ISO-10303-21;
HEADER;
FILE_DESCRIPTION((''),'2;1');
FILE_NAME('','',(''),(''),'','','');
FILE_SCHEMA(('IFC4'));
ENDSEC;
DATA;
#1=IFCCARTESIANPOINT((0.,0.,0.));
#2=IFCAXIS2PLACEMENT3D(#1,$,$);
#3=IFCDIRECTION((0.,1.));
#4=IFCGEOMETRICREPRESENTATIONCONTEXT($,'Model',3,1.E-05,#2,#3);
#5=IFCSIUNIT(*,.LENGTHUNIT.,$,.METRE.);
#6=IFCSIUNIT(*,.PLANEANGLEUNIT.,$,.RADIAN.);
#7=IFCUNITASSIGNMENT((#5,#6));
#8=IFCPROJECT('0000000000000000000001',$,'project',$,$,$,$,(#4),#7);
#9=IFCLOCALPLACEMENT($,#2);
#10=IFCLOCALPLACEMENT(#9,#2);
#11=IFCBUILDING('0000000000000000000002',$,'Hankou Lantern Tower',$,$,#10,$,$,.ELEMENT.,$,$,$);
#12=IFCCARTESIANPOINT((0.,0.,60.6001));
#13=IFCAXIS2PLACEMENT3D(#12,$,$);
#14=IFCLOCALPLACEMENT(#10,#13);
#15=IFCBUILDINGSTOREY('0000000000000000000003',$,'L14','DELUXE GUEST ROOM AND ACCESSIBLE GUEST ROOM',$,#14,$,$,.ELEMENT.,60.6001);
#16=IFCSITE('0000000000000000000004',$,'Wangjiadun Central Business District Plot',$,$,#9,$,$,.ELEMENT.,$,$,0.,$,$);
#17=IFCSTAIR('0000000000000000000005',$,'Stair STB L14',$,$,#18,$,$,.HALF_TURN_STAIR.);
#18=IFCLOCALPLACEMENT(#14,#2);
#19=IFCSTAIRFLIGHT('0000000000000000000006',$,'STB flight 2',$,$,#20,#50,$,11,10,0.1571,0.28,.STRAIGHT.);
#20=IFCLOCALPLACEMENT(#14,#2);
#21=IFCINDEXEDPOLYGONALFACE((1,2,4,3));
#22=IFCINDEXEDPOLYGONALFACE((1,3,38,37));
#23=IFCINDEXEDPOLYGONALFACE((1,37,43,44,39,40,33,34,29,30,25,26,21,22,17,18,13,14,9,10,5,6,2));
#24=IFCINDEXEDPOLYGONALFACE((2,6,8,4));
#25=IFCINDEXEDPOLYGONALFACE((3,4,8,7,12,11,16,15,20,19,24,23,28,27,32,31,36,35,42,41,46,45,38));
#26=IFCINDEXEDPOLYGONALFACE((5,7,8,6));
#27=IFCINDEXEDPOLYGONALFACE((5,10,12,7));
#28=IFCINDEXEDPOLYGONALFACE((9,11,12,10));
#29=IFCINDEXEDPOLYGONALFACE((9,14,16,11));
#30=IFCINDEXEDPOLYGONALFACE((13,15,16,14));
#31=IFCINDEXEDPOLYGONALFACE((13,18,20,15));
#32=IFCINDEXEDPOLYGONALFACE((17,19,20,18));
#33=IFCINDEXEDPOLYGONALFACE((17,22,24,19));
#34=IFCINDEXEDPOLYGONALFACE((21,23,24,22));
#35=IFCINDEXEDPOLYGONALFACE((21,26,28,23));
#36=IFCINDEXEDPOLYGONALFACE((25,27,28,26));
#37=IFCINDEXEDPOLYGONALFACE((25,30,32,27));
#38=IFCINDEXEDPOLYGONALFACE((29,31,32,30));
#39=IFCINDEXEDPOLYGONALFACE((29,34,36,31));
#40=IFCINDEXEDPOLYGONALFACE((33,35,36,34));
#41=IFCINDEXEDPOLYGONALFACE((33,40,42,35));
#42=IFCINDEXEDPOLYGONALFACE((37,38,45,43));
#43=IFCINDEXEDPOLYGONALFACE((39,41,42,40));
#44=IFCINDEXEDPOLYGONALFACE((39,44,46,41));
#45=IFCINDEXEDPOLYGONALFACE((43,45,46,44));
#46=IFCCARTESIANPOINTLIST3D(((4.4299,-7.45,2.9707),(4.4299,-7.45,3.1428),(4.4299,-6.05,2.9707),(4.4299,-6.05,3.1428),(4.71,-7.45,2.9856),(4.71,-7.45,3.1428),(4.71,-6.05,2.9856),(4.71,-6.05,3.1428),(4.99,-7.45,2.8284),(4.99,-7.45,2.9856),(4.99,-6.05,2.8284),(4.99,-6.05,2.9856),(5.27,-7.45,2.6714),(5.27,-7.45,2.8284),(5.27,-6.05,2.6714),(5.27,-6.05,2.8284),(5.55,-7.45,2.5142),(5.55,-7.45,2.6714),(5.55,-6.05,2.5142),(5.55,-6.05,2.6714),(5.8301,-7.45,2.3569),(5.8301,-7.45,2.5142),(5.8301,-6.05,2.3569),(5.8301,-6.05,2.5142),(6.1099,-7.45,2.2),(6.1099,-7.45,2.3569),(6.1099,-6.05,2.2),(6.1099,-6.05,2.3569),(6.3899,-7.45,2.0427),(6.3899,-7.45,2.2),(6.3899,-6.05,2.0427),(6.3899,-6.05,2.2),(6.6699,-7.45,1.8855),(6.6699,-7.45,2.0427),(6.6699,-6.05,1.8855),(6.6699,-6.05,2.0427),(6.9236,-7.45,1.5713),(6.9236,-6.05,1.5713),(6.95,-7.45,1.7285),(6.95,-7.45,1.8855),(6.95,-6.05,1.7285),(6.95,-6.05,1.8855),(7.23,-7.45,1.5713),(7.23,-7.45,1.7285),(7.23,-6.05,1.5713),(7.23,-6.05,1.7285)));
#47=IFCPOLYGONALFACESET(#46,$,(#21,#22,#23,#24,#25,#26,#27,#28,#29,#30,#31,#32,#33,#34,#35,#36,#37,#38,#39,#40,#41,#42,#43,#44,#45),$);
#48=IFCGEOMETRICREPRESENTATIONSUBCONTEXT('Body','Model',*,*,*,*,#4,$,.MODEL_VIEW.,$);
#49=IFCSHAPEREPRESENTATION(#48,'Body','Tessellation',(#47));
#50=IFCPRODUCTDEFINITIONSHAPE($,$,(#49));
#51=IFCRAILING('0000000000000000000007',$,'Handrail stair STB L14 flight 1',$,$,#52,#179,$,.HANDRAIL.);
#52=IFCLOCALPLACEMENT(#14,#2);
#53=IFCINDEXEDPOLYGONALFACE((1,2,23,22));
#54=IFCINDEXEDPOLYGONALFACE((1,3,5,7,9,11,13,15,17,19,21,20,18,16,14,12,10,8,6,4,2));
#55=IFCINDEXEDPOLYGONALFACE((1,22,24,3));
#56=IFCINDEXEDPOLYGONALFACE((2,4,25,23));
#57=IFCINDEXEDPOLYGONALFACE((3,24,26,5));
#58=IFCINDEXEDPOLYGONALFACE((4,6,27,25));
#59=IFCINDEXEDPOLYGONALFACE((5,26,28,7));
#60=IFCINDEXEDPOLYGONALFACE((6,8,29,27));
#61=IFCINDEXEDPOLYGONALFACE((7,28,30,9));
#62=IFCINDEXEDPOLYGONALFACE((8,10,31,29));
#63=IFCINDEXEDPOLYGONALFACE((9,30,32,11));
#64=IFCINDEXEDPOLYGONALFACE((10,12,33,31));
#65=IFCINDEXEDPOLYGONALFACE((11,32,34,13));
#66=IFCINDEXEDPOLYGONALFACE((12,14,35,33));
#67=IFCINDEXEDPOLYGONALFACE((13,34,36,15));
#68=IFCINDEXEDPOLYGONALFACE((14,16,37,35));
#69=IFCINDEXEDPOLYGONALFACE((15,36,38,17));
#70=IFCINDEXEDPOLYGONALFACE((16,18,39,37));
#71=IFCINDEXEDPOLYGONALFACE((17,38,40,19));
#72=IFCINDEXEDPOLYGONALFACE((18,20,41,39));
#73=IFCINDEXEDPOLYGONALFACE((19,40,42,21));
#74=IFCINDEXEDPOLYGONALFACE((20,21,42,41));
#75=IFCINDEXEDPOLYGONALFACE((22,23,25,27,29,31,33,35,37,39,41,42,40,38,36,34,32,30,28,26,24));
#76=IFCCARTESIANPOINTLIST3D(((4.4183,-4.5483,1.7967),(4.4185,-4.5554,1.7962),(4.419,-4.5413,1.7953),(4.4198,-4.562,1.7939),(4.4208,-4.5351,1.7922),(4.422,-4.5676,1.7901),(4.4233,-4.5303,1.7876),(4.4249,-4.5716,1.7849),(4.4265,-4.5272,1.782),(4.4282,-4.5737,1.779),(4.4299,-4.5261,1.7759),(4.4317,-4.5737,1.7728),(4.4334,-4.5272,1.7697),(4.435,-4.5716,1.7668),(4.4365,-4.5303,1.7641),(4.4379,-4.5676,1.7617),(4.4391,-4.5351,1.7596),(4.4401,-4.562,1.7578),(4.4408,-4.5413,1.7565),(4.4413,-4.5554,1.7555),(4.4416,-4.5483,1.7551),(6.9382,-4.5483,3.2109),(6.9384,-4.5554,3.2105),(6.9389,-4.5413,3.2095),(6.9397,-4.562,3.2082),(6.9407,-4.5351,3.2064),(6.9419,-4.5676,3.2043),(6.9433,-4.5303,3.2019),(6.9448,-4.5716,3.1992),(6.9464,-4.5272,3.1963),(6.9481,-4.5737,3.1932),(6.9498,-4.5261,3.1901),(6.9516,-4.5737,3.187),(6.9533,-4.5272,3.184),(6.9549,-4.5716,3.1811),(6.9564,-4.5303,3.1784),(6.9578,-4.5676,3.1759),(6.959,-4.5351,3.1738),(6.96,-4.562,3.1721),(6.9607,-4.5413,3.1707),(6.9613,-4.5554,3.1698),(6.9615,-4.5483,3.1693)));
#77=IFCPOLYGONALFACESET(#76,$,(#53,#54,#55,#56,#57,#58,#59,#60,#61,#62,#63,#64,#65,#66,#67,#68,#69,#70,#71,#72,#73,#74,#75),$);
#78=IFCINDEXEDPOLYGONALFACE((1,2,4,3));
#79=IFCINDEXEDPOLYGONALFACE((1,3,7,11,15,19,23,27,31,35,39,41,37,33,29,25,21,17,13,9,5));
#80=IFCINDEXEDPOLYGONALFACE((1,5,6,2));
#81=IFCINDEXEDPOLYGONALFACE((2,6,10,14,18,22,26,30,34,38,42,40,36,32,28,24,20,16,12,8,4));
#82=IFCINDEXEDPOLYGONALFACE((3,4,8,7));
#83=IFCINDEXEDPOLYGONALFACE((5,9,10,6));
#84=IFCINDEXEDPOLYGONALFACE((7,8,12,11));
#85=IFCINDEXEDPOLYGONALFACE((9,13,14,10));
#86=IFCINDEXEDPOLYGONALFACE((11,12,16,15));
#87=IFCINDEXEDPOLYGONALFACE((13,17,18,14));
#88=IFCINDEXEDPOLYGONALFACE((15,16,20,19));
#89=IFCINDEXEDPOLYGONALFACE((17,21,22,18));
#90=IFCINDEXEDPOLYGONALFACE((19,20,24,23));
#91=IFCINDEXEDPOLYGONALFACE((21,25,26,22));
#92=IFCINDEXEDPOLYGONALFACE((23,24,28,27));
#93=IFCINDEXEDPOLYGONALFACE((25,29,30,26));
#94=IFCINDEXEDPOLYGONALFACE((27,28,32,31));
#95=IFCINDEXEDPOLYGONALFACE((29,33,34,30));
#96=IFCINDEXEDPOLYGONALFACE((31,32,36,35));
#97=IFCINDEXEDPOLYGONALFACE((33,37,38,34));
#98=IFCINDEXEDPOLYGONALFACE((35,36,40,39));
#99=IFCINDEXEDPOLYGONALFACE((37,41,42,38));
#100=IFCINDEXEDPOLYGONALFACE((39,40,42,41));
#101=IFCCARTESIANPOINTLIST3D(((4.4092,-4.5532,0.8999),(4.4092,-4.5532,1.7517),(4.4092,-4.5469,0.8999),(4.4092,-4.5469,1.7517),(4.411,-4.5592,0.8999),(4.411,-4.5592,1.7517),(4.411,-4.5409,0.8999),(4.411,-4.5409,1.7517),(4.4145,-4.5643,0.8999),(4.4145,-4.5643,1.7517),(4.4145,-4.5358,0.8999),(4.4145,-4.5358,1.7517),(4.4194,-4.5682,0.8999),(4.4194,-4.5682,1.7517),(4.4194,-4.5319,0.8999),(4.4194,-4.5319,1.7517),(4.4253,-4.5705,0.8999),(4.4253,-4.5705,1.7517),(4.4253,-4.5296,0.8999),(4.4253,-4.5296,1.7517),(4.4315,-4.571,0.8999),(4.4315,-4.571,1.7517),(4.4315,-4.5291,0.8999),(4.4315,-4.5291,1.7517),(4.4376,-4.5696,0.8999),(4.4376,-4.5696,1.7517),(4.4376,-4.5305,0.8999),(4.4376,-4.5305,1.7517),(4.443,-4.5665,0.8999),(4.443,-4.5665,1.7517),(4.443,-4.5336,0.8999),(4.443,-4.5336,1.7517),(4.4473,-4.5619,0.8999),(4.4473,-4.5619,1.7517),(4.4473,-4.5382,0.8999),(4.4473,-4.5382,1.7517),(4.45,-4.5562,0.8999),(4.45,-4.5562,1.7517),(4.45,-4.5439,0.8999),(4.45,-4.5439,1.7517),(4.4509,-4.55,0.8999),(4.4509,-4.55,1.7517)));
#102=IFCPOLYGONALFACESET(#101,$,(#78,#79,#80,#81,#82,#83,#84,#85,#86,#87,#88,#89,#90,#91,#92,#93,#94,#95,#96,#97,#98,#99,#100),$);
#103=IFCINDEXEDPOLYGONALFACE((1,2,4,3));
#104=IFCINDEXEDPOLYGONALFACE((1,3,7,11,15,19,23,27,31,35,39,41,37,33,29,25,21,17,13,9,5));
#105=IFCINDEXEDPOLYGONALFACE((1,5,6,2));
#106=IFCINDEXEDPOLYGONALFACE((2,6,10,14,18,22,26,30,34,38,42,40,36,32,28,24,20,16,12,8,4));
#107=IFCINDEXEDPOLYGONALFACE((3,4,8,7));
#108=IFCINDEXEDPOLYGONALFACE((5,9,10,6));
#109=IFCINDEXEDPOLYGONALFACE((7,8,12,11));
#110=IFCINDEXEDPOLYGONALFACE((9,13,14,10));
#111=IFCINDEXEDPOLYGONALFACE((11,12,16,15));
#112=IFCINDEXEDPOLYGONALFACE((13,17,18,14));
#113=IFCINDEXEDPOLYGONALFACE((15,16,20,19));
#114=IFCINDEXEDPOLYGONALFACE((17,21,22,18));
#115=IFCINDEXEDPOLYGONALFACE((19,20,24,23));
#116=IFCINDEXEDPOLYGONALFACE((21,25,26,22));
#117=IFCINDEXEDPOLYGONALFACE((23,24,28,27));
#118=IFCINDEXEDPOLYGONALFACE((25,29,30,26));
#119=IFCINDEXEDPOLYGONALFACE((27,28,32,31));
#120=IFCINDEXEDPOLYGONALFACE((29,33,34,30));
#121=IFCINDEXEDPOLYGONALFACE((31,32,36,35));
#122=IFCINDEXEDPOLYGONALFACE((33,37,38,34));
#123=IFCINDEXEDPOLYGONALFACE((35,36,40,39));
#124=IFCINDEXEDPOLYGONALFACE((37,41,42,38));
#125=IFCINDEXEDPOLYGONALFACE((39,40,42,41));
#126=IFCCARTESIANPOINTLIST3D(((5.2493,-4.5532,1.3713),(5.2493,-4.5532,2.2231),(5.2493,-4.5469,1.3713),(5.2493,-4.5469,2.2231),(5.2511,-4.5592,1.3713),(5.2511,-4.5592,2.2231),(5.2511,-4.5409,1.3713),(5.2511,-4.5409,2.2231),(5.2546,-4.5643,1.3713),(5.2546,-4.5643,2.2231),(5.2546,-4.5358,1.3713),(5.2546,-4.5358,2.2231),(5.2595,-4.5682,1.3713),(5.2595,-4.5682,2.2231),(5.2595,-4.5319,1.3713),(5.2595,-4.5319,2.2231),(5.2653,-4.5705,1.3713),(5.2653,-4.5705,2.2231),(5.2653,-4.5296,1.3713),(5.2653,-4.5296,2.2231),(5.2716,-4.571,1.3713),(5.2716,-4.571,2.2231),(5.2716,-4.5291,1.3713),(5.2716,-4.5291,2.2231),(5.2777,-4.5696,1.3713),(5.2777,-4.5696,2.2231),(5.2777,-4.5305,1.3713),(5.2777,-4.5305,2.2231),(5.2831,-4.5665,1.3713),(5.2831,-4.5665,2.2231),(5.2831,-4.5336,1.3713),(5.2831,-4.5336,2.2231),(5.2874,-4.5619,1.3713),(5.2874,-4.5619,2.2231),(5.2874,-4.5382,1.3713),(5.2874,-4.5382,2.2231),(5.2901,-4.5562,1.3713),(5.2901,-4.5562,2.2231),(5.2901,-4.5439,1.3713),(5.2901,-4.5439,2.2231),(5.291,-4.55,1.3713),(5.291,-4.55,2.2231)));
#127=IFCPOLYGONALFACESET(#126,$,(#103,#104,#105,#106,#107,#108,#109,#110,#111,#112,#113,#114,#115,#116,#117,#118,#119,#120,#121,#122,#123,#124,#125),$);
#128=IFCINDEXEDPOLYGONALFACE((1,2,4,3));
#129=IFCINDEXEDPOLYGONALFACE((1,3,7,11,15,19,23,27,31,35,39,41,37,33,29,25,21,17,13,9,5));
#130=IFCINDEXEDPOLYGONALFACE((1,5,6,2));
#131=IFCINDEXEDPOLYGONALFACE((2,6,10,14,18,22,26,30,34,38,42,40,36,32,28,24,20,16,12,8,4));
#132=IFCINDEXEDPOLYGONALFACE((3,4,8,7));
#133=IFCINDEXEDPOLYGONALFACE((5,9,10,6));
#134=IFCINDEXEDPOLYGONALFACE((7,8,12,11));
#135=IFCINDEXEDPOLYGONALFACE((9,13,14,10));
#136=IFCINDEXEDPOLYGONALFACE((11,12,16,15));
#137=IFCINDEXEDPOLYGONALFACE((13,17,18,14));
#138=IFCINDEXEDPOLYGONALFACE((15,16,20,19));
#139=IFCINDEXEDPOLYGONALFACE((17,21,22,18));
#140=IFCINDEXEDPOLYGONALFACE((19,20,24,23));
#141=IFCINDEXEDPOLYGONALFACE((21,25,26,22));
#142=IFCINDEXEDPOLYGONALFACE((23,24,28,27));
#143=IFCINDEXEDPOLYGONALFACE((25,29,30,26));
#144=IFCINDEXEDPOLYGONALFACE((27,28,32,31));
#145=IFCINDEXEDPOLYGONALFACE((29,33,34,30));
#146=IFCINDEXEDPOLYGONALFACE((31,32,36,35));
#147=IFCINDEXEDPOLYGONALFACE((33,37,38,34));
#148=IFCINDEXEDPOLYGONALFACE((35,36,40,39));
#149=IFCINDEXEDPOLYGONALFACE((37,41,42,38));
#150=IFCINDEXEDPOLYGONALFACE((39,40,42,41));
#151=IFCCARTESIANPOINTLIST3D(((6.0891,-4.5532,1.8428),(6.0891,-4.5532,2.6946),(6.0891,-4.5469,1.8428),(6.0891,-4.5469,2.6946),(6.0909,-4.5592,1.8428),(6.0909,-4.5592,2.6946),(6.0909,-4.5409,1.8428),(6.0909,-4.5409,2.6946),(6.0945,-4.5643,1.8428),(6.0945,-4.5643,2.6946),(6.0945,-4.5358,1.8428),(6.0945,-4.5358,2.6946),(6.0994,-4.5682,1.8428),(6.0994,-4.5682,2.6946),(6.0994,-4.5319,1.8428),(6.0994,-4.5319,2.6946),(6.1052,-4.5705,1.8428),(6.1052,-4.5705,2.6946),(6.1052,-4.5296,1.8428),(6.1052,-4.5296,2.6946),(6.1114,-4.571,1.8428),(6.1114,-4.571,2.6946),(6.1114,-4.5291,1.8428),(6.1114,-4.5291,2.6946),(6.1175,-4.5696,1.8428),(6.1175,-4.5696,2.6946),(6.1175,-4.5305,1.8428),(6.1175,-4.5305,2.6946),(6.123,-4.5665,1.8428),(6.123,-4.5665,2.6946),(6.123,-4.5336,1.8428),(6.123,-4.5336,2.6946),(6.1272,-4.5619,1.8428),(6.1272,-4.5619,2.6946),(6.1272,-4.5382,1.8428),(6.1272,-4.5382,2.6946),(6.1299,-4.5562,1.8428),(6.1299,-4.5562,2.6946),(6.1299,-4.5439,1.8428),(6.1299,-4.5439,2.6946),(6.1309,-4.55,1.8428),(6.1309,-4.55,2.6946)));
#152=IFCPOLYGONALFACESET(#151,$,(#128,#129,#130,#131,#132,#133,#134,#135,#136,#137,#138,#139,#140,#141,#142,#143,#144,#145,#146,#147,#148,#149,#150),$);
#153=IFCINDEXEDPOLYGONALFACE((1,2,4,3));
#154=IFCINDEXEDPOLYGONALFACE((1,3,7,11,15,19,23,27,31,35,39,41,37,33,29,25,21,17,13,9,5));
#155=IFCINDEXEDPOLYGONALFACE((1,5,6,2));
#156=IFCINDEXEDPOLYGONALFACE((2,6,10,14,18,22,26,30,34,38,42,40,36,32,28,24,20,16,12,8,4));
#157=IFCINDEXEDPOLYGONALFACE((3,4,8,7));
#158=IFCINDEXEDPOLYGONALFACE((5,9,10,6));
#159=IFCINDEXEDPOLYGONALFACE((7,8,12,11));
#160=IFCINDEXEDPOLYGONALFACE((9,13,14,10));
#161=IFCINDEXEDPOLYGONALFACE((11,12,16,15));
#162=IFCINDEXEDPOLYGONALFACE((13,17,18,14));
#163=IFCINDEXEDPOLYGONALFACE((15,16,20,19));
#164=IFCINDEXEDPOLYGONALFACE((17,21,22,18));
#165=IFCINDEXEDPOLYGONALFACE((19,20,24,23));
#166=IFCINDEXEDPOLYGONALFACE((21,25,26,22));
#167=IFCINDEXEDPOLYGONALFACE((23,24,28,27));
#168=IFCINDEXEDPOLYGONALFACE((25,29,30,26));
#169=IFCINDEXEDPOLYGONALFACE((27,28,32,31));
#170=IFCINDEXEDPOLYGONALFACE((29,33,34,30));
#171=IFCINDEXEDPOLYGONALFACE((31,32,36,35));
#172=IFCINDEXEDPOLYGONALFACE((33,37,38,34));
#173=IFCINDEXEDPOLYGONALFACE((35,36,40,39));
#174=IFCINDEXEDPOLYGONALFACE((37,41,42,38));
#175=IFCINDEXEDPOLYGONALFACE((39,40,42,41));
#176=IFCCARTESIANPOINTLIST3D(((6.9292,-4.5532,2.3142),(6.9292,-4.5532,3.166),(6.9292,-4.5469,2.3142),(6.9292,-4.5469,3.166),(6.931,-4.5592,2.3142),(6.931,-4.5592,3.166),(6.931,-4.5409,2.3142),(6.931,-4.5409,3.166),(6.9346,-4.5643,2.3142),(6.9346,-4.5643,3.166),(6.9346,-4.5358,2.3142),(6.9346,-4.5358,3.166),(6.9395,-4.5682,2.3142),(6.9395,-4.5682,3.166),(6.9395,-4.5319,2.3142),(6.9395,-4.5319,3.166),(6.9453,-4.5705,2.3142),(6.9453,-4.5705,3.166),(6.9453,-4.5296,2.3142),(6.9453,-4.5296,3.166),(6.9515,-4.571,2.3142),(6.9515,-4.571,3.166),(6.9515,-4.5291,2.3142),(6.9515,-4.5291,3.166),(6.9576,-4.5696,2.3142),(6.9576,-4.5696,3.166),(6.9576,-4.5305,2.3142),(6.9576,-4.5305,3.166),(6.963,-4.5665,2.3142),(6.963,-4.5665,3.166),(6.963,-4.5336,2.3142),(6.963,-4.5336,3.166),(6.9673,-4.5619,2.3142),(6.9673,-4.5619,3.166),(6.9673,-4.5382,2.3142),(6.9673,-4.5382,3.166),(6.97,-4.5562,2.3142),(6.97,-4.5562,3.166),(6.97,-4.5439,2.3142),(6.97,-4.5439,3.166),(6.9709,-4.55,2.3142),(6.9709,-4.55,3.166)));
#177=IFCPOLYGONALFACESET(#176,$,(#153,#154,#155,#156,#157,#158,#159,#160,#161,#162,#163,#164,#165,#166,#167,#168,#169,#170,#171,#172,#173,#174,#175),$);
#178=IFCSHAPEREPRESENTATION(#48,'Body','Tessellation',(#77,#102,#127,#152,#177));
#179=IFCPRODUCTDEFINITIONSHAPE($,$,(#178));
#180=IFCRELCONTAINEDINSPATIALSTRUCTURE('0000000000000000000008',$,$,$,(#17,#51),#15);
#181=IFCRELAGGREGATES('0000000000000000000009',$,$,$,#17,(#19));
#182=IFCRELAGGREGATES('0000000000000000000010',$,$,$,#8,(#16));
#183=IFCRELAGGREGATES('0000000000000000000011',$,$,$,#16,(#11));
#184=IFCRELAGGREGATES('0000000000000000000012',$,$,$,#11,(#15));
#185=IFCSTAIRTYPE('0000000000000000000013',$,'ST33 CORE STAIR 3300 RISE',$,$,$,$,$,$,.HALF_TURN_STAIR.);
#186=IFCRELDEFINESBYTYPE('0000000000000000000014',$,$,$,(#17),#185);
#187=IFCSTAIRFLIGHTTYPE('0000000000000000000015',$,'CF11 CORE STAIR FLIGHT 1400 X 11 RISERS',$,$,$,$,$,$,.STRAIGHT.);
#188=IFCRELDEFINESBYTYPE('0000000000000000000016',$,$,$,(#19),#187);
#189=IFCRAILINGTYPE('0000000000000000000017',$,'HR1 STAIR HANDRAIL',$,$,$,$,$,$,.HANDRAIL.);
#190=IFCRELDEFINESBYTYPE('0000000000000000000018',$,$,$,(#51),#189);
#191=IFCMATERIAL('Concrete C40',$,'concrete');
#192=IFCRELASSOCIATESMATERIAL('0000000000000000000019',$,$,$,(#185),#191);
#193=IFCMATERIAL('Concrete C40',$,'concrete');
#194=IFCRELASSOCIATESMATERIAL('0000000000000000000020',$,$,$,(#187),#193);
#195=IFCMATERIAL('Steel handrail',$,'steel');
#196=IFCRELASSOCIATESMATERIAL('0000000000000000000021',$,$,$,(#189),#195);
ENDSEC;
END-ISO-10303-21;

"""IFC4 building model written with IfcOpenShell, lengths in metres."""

from ifc_helpers import new_model, si_unit, direction, frame, origin, origin_2d, place, context, subcontext, project, spatial, polyline, circle, outline, extrude, material, type_object, element, aggregate, save


model = new_model("IFC4")

# Units and contexts
model_context = context("Model", 3, precision=1e-05, world=origin(), true_north=direction((0.0, 1.0)))
body_context = subcontext(model_context, "Body", "Model", "MODEL_VIEW")
ifc_project = project(units=[si_unit("LENGTHUNIT", "METRE"), si_unit("PLANEANGLEUNIT", "RADIAN")], contexts=[model_context])

# Site, building, storey
site_placement = place(None, origin())
site = spatial("IfcSite", under=ifc_project, at=site_placement, Name="Wangjiadun Central Business District Plot", CompositionType="ELEMENT", RefElevation=0.0)
building_placement = place(site_placement, origin())
building = spatial("IfcBuilding", under=site, at=building_placement, Name="Hankou Lantern Tower", CompositionType="ELEMENT")
storey_placement = place(building_placement, frame((0.0, 0.0, 60.6001)))
storey = spatial("IfcBuildingStorey", under=building, at=storey_placement, Name="L14", Description="DELUXE GUEST ROOM AND ACCESSIBLE GUEST ROOM", CompositionType="ELEMENT", Elevation=60.6001)

# Stair, stair flight
ifc_material_1 = material(Name="Concrete C40", Category="concrete")
stair_type = type_object("IfcStairType", Name="ST33 CORE STAIR 3300 RISE", PredefinedType="HALF_TURN_STAIR", material=ifc_material_1)
stair_placement = place(storey_placement, origin())
stair = element("IfcStair", 1, at=stair_placement, inside=storey, type_object=stair_type, Name="Stair STB L14", PredefinedType="HALF_TURN_STAIR")
ifc_material_2 = material(Name="Concrete C40", Category="concrete")
stair_flight_type_1 = type_object("IfcStairFlightType", Name="CF11 CORE STAIR FLIGHT 1400 X 11 RISERS", PredefinedType="STRAIGHT", material=ifc_material_2)
stair_flight_1_placement = place(storey_placement, frame((7.23, -6.75, 1.5713), z_axis=(0.0, 0.0, 1.0), x_axis=(-1.0, 0.0, 0.0)))
stair_flight_1 = element("IfcStairFlight", 2, at=stair_flight_1_placement, type_object=stair_flight_type_1, Name="STB flight 2", NumberOfRisers=11, NumberOfTreads=10, PredefinedType="STRAIGHT", RiserHeight=0.1571, TreadLength=0.28, context=body_context, shape_type="SweptSolid", body=[
    extrude(outline(polyline([(0.0, 0.0), (0.0, 0.1572), (0.28, 0.1572), (0.28, 0.3142), (0.5601, 0.3142), (0.5601, 0.4714), (0.8401, 0.4714), (0.8401, 0.6287), (1.1201, 0.6287), (1.1201, 0.7856), (1.3999, 0.7856), (1.3999, 0.9429), (1.6799, 0.9429), (1.6799, 1.1001), (1.96, 1.1001), (1.96, 1.2571), (2.24, 1.2571), (2.24, 1.4143), (2.52, 1.4143), (2.52, 1.5715), (2.8, 1.5715), (2.8, 1.7285), (2.8, 1.3994), (0.3064, 0.0), (0.0, 0.0)])), frame((0.0, 0.7, 0.0), z_axis=(0.0, -1.0, 0.0), x_axis=(1.0, 0.0, 0.0)), (0.0, 0.0, 1.0), 1.3999),
])
aggregate(stair, [stair_flight_1])

# Railing
ifc_material_3 = material(Name="Steel handrail", Category="steel")
railing_type = type_object("IfcRailingType", Name="HR1 STAIR HANDRAIL", PredefinedType="HANDRAIL", material=ifc_material_3)
railing_1_placement = place(storey_placement, frame((4.4299, -4.55, 0.8999)))
element("IfcRailing", 3, at=railing_1_placement, inside=storey, type_object=railing_type, Name="Handrail stair STB L14 flight 1", PredefinedType="HANDRAIL", context=body_context, shape_type="SweptSolid", body=[
    extrude(circle(Radius=0.0239, at=origin_2d()), frame((0.0, 0.0, 0.876), z_axis=(0.872049, 0.0, 0.489419), x_axis=(0.0, 1.0, 0.0)), (0.0, 0.0, 1.0), 2.8896),
    extrude(circle(Radius=0.021, at=origin_2d()), origin(), (0.0, 0.0, 1.0), 0.8518),
    extrude(circle(Radius=0.021, at=origin_2d()), frame((0.8401, 0.0, 0.4714)), (0.0, 0.0, 1.0), 0.8518),
    extrude(circle(Radius=0.021, at=origin_2d()), frame((1.6799, 0.0, 0.9429)), (0.0, 0.0, 1.0), 0.8518),
    extrude(circle(Radius=0.021, at=origin_2d()), frame((2.52, 0.0, 1.4143)), (0.0, 0.0, 1.0), 0.8518),
])

save(model, "model.ifc")
